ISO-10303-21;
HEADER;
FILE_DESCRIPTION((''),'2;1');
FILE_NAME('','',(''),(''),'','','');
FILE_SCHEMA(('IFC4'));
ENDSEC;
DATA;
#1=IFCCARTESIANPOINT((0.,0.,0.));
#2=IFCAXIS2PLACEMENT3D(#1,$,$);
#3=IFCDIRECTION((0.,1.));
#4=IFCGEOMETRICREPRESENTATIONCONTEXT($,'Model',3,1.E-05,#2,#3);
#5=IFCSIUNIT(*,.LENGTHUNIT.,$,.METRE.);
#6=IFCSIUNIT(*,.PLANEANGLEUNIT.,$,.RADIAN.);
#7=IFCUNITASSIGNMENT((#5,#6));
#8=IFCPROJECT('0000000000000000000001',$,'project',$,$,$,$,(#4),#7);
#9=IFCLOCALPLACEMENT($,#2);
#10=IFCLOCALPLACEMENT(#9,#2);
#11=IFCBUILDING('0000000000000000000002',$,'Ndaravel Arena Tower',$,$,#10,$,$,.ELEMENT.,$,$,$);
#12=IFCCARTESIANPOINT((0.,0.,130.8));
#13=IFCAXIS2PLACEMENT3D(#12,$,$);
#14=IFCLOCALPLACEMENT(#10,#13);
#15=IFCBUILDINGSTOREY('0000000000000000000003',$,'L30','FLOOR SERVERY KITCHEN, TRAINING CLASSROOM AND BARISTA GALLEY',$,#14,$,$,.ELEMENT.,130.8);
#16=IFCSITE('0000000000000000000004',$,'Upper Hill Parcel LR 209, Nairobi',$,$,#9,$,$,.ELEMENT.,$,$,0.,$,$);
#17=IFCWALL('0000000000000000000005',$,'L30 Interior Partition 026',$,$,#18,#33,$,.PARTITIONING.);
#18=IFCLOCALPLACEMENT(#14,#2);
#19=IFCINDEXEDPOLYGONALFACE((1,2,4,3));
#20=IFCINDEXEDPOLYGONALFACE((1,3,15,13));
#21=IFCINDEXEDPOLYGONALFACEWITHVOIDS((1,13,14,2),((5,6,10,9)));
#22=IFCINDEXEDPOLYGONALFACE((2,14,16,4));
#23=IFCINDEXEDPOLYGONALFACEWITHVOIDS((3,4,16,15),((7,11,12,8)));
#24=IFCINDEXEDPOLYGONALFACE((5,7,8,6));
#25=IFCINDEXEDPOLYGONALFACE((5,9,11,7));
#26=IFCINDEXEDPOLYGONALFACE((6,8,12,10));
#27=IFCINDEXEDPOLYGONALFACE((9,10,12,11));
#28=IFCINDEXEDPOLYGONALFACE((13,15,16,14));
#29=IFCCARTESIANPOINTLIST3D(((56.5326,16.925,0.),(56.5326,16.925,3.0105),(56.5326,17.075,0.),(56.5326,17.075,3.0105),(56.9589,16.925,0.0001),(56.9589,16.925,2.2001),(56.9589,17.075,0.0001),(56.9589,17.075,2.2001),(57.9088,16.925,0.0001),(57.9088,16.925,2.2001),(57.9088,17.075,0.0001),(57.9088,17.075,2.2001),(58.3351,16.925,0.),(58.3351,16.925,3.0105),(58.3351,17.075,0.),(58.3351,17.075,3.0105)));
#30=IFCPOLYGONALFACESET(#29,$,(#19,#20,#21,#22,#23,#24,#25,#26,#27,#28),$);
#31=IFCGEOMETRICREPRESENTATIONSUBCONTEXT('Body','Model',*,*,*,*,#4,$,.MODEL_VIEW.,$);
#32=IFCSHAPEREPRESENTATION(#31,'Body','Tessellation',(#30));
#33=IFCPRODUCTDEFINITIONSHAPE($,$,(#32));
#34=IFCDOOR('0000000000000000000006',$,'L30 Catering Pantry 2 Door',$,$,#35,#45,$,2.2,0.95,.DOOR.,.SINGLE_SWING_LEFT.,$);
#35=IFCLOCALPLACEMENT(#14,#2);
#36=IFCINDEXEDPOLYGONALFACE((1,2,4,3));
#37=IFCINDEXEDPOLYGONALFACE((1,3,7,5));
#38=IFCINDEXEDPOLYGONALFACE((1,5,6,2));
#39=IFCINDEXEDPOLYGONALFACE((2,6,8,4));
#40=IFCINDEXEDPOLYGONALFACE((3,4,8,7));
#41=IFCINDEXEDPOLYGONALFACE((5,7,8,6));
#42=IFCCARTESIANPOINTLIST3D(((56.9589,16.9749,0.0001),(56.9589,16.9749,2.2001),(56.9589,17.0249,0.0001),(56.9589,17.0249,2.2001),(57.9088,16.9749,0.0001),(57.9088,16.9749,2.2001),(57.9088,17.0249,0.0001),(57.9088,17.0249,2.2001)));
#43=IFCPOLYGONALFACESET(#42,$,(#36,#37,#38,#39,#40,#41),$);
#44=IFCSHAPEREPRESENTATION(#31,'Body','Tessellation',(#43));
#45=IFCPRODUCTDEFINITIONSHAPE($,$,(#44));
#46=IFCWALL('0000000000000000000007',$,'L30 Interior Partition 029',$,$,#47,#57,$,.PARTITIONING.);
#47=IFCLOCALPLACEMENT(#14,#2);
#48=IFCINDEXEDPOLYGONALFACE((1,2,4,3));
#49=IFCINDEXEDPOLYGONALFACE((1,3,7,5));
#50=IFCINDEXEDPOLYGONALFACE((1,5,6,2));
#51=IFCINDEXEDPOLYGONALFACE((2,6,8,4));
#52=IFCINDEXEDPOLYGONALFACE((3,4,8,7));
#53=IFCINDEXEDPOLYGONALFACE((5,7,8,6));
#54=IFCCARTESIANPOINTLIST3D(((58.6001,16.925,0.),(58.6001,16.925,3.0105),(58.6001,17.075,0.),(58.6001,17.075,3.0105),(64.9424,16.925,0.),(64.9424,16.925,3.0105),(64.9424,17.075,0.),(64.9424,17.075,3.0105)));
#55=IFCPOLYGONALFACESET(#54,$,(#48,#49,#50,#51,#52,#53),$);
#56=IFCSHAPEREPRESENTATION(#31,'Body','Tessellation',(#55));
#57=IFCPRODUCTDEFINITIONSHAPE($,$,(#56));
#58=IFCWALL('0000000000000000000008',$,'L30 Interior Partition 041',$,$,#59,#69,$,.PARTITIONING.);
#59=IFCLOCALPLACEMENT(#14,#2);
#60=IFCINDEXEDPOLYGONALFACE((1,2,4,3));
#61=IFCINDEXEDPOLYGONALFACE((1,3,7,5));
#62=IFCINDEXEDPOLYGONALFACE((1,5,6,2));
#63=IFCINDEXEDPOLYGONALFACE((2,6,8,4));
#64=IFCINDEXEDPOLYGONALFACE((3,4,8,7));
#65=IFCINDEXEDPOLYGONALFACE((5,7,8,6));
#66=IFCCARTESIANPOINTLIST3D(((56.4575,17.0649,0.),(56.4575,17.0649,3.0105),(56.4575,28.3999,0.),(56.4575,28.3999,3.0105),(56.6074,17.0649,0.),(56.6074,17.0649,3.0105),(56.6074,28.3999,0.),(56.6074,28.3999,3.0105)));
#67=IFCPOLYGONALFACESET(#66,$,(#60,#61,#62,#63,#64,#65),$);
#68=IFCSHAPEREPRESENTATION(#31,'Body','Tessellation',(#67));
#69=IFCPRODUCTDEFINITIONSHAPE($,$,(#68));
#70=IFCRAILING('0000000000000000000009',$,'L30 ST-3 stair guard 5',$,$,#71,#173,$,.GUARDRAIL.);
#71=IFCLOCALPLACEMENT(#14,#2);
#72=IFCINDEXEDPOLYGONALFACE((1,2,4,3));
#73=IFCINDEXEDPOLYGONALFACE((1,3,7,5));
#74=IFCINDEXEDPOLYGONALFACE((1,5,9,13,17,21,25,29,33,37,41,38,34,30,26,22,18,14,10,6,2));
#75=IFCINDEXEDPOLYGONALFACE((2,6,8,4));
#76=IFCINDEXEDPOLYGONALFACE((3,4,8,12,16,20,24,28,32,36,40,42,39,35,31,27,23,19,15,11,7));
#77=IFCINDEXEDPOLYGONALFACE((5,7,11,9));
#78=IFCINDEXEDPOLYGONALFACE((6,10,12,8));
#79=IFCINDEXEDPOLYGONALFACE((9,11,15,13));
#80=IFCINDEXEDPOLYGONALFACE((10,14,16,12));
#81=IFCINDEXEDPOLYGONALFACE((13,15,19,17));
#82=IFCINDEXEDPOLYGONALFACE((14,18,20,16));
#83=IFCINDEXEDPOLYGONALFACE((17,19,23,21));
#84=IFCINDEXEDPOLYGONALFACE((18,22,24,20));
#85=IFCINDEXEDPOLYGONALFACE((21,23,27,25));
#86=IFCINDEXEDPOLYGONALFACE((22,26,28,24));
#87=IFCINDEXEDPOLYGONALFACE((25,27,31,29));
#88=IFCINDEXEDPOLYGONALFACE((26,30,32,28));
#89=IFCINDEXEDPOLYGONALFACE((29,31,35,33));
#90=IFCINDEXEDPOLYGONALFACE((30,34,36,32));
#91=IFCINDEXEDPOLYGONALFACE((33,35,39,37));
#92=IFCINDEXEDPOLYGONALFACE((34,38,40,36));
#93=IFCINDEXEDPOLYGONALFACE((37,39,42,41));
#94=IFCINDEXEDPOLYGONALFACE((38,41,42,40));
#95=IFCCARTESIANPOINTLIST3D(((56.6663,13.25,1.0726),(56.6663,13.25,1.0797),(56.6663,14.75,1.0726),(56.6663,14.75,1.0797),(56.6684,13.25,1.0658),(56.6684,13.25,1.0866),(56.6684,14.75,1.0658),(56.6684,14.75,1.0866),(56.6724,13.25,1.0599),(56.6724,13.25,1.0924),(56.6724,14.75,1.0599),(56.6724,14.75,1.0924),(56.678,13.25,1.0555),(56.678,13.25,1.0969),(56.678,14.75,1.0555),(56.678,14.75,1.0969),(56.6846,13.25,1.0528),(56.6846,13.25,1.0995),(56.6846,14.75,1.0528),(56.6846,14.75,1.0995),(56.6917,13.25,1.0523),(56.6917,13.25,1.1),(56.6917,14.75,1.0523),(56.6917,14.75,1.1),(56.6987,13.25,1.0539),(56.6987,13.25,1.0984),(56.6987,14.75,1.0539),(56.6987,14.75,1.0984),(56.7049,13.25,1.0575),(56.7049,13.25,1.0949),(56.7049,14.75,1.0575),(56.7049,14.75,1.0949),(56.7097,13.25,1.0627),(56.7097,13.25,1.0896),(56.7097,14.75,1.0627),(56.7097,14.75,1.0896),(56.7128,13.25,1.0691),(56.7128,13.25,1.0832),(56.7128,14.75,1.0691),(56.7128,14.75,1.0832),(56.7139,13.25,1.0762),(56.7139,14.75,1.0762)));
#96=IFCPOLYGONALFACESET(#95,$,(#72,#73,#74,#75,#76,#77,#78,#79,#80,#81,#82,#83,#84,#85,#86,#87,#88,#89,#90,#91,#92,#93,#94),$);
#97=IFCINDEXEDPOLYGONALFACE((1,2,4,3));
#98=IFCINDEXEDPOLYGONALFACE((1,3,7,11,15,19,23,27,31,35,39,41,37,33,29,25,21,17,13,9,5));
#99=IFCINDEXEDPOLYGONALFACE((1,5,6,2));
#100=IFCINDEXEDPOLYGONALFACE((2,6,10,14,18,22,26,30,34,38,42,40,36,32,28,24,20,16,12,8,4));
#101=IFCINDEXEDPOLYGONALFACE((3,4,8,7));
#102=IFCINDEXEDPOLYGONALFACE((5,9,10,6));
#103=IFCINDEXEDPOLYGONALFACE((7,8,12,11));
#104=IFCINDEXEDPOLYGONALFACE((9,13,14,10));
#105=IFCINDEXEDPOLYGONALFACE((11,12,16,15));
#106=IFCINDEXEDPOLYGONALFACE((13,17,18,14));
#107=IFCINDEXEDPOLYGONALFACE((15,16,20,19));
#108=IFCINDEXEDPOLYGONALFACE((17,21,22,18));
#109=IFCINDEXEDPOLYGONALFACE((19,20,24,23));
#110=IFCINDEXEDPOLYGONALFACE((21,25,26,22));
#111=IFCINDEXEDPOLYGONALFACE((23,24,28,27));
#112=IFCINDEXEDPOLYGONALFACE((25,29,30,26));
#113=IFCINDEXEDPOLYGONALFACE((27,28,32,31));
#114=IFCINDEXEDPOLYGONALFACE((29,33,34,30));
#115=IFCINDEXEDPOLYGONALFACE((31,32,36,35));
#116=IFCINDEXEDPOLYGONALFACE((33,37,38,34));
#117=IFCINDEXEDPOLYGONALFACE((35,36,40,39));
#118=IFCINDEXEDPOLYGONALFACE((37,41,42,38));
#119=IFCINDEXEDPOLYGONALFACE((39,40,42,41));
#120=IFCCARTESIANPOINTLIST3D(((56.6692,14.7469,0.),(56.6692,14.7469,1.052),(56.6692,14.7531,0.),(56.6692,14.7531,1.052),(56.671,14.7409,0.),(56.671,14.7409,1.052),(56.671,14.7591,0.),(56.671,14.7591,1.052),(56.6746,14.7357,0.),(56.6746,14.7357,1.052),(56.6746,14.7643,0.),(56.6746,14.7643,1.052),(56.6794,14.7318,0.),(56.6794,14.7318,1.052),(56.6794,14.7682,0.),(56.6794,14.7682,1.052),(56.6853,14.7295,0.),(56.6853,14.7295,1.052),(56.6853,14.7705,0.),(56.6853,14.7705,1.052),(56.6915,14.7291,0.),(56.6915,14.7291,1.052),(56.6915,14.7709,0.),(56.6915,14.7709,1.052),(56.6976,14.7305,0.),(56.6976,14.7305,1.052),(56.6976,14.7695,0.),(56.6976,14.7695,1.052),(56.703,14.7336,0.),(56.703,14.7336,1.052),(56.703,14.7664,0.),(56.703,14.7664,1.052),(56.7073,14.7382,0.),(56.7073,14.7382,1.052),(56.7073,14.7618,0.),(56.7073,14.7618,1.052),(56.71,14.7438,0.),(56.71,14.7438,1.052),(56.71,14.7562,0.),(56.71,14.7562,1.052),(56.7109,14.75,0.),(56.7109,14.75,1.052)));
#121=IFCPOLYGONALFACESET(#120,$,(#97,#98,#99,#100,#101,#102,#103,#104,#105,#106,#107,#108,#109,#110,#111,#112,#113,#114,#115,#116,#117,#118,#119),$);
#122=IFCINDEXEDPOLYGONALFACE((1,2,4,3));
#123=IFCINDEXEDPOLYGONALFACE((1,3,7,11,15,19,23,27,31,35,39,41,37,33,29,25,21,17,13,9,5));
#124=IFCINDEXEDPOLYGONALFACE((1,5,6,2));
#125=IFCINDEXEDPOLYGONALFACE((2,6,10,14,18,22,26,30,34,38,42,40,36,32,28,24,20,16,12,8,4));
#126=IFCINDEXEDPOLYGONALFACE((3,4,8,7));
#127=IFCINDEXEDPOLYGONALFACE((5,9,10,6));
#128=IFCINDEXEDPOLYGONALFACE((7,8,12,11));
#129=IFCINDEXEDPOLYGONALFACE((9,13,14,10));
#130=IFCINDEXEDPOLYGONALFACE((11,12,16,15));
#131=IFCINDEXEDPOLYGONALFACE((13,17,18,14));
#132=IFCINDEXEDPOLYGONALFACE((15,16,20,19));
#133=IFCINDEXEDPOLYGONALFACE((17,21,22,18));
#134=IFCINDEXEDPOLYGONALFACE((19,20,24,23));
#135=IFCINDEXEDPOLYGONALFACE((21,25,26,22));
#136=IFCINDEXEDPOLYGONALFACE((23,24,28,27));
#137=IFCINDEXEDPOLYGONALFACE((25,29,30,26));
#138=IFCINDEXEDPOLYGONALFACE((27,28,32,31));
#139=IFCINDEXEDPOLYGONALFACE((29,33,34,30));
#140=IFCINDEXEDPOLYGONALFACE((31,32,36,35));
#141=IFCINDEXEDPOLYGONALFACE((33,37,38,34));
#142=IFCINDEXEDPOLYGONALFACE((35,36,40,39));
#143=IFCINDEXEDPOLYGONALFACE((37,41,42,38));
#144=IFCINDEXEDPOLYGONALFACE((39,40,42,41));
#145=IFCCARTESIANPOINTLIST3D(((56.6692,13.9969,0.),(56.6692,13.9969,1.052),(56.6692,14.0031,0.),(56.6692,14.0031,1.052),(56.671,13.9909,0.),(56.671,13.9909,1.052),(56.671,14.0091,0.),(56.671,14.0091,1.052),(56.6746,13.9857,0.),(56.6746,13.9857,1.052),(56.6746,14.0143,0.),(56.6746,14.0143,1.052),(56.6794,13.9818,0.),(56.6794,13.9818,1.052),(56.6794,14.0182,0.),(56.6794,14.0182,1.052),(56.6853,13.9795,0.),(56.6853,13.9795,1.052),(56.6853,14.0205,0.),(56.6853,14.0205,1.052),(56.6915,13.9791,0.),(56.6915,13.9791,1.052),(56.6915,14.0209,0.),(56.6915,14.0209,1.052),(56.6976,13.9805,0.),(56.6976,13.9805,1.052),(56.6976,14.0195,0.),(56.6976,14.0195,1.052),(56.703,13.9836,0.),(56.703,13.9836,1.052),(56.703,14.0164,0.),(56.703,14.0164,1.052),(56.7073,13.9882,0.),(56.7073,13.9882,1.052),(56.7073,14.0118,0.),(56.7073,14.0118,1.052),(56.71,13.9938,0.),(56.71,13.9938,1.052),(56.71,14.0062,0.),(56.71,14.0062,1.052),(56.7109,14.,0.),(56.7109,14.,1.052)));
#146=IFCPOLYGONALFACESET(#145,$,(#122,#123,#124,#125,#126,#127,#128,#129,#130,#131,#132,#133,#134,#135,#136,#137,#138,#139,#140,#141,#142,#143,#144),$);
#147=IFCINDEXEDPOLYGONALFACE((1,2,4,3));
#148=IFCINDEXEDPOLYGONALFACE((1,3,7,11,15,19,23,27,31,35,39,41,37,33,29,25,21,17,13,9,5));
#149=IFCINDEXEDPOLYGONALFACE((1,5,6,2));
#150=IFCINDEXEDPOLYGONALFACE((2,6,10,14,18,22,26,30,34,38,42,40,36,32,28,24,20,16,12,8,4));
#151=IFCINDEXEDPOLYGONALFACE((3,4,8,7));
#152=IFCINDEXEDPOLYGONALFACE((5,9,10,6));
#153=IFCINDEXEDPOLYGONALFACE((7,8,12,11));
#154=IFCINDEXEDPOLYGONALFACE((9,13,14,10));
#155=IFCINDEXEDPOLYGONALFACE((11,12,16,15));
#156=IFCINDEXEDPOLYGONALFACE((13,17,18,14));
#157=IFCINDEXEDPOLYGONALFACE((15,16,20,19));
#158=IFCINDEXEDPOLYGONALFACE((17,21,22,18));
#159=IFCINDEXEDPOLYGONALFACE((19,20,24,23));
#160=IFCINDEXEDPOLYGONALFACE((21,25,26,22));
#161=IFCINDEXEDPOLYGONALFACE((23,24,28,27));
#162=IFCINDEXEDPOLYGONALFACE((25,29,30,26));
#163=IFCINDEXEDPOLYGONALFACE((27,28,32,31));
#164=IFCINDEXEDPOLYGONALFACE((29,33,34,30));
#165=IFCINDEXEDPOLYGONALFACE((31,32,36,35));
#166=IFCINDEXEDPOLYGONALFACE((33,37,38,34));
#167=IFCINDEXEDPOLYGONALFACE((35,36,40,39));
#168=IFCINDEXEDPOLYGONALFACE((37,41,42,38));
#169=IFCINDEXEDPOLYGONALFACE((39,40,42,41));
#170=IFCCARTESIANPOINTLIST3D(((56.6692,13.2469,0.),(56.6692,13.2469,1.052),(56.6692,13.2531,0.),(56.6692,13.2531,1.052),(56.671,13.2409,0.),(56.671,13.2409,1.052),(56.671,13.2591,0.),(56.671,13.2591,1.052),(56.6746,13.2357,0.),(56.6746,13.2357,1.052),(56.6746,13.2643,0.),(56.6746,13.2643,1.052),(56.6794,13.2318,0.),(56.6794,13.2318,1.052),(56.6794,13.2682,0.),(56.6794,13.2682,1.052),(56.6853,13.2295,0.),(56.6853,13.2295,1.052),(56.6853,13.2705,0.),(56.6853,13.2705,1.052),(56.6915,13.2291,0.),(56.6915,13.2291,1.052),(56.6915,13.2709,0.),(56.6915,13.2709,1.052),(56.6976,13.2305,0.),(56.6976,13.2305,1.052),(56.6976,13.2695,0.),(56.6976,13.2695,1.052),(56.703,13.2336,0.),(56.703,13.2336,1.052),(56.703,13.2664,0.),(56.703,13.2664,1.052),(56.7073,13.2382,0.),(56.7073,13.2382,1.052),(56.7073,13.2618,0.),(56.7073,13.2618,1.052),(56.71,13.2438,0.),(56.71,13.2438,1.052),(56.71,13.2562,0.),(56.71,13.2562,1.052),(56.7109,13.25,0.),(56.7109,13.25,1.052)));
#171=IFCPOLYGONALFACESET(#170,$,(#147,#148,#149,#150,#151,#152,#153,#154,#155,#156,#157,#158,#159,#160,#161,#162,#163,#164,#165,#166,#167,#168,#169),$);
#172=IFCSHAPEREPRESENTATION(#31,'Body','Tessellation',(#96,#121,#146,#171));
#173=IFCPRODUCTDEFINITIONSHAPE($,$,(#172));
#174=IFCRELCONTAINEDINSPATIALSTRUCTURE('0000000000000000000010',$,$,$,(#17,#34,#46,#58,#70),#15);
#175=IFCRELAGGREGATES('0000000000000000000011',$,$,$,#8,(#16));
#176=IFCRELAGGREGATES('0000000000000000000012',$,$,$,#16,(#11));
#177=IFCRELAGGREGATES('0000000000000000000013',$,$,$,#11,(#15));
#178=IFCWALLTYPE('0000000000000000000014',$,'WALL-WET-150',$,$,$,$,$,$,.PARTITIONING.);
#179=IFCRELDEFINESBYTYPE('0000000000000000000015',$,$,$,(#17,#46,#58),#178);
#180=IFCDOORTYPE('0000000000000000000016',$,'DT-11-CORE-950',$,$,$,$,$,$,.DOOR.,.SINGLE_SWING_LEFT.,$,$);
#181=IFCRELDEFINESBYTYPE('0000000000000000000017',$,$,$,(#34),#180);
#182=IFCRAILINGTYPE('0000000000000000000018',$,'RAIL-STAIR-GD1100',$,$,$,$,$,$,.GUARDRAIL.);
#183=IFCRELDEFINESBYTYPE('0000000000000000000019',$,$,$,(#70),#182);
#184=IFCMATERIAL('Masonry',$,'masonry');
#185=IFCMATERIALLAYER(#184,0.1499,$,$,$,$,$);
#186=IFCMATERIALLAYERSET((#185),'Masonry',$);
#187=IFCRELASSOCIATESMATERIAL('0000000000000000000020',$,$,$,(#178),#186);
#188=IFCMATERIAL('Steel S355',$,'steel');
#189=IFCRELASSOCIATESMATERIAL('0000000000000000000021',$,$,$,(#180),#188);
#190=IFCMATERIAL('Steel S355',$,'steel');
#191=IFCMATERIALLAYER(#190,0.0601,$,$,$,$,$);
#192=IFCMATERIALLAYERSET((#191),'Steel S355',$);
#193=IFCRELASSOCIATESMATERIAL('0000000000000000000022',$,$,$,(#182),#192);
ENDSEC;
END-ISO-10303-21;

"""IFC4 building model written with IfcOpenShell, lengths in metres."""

from ifc_helpers import new_model, si_unit, direction, frame, frame_2d, origin, origin_2d, place, context, subcontext, project, spatial, rectangle, circle, extrude, material, layer, layer_set, type_object, element, fill, save


model = new_model("IFC4")

# Units and contexts
model_context = context("Model", 3, precision=1e-05, world=origin(), true_north=direction((0.0, 1.0)))
body_context = subcontext(model_context, "Body", "Model", "MODEL_VIEW")
ifc_project = project(units=[si_unit("LENGTHUNIT", "METRE"), si_unit("PLANEANGLEUNIT", "RADIAN")], contexts=[model_context])

# Site, building, storey
site_placement = place(None, origin())
site = spatial("IfcSite", under=ifc_project, at=site_placement, Name="Upper Hill Parcel LR 209, Nairobi", CompositionType="ELEMENT", RefElevation=0.0)
building_placement = place(site_placement, origin())
building = spatial("IfcBuilding", under=site, at=building_placement, Name="Ndaravel Arena Tower", CompositionType="ELEMENT")
storey_placement = place(building_placement, frame((0.0, 0.0, 130.8)))
storey = spatial("IfcBuildingStorey", under=building, at=storey_placement, Name="L30", Description="FLOOR SERVERY KITCHEN, TRAINING CLASSROOM AND BARISTA GALLEY", CompositionType="ELEMENT", Elevation=130.8)

# Shared definitions
ifc_material_1 = material(Name="Masonry", Category="masonry")
ifc_layer_1 = layer(ifc_material_1, 0.1499)
ifc_layer_set_1 = layer_set([ifc_layer_1], Name="Masonry")
wall_type_1 = type_object("IfcWallType", Name="WALL-WET-150", PredefinedType="PARTITIONING", material=ifc_layer_set_1)
ifc_material_2 = material(Name="Steel S355", Category="steel")
door_type_1 = type_object("IfcDoorType", Name="DT-11-CORE-950", OperationType="SINGLE_SWING_LEFT", PredefinedType="DOOR", material=ifc_material_2)

# Wall, opening, door
wall_1_placement = place(storey_placement, frame((56.5325, 17.0, 0.0), z_axis=(0.0, 0.0, 1.0), x_axis=(1.0, 0.0, 0.0)))
wall_1 = element("IfcWall", 1, at=wall_1_placement, inside=storey, type_object=wall_type_1, Name="L30 Interior Partition 026", PredefinedType="PARTITIONING", context=body_context, shape_type="SweptSolid", body=[
    extrude(rectangle(XDim=1.8025, YDim=0.1499, at=frame_2d((0.9014, 0.0))), origin(), (0.0, 0.0, 1.0), 3.0105),
])
opening_1_placement = place(wall_1_placement, frame((0.4263, 0.0, 0.0)))
opening_1 = element("IfcOpeningElement", 2, at=opening_1_placement, cuts=wall_1, PredefinedType="OPENING", context=body_context, shape_type="SweptSolid", body=[
    extrude(rectangle(XDim=0.95, YDim=2.2, at=frame_2d((0.4751, 1.1001))), frame((0.0, 0.075, 0.0), z_axis=(0.0, -1.0, 0.0), x_axis=(1.0, 0.0, 0.0)), (0.0, 0.0, 1.0), 0.1499),
])
door_1_placement = place(opening_1_placement, origin())
door_1 = element("IfcDoor", 3, at=door_1_placement, inside=storey, type_object=door_type_1, Name="L30 Catering Pantry 2 Door", OperationType="SINGLE_SWING_LEFT", OverallHeight=2.2, OverallWidth=0.95, PredefinedType="DOOR", context=body_context, shape_type="SweptSolid", body=[
    extrude(rectangle(XDim=0.95, YDim=2.2, at=frame_2d((0.4751, 1.1001))), frame((0.0, 0.0249, 0.0), z_axis=(0.0, -1.0, 0.0), x_axis=(1.0, 0.0, 0.0)), (0.0, 0.0, 1.0), 0.05),
])
fill(opening_1, door_1)

# Walls
wall_2_placement = place(storey_placement, frame((58.6001, 17.0, 0.0), z_axis=(0.0, 0.0, 1.0), x_axis=(1.0, 0.0, 0.0)))
element("IfcWall", 4, at=wall_2_placement, inside=storey, type_object=wall_type_1, Name="L30 Interior Partition 029", PredefinedType="PARTITIONING", context=body_context, shape_type="SweptSolid", body=[
    extrude(rectangle(XDim=6.3423, YDim=0.1499, at=frame_2d((3.1711, 0.0))), origin(), (0.0, 0.0, 1.0), 3.0105),
])
wall_3_placement = place(storey_placement, frame((56.5325, 17.0649, 0.0), z_axis=(0.0, 0.0, 1.0), x_axis=(0.0, 1.0, 0.0)))
element("IfcWall", 5, at=wall_3_placement, inside=storey, type_object=wall_type_1, Name="L30 Interior Partition 041", PredefinedType="PARTITIONING", context=body_context, shape_type="SweptSolid", body=[
    extrude(rectangle(XDim=11.335, YDim=0.1499, at=frame_2d((5.6675, 0.0))), origin(), (0.0, 0.0, 1.0), 3.0105),
])

# Railing
ifc_material_3 = material(Name="Steel S355", Category="steel")
ifc_layer_2 = layer(ifc_material_3, 0.0601)
ifc_layer_set_2 = layer_set([ifc_layer_2], Name="Steel S355")
railing_type = type_object("IfcRailingType", Name="RAIL-STAIR-GD1100", PredefinedType="GUARDRAIL", material=ifc_layer_set_2)
railing_placement = place(storey_placement, frame((56.6899, 14.75, 0.0)))
element("IfcRailing", 6, at=railing_placement, inside=storey, type_object=railing_type, Name="L30 ST-3 stair guard 5", PredefinedType="GUARDRAIL", context=body_context, shape_type="SweptSolid", body=[
    extrude(circle(Radius=0.0239, at=origin_2d()), frame((0.0, 0.0, 1.0762), z_axis=(0.0, -1.0, 0.0), x_axis=(1.0, 0.0, 0.0)), (0.0, 0.0, 1.0), 1.5),
    extrude(circle(Radius=0.021, at=origin_2d()), origin(), (0.0, 0.0, 1.0), 1.052),
    extrude(circle(Radius=0.021, at=origin_2d()), frame((0.0, -0.75, 0.0)), (0.0, 0.0, 1.0), 1.052),
    extrude(circle(Radius=0.021, at=origin_2d()), frame((0.0, -1.5, 0.0)), (0.0, 0.0, 1.0), 1.052),
])

save(model, "model.ifc")
